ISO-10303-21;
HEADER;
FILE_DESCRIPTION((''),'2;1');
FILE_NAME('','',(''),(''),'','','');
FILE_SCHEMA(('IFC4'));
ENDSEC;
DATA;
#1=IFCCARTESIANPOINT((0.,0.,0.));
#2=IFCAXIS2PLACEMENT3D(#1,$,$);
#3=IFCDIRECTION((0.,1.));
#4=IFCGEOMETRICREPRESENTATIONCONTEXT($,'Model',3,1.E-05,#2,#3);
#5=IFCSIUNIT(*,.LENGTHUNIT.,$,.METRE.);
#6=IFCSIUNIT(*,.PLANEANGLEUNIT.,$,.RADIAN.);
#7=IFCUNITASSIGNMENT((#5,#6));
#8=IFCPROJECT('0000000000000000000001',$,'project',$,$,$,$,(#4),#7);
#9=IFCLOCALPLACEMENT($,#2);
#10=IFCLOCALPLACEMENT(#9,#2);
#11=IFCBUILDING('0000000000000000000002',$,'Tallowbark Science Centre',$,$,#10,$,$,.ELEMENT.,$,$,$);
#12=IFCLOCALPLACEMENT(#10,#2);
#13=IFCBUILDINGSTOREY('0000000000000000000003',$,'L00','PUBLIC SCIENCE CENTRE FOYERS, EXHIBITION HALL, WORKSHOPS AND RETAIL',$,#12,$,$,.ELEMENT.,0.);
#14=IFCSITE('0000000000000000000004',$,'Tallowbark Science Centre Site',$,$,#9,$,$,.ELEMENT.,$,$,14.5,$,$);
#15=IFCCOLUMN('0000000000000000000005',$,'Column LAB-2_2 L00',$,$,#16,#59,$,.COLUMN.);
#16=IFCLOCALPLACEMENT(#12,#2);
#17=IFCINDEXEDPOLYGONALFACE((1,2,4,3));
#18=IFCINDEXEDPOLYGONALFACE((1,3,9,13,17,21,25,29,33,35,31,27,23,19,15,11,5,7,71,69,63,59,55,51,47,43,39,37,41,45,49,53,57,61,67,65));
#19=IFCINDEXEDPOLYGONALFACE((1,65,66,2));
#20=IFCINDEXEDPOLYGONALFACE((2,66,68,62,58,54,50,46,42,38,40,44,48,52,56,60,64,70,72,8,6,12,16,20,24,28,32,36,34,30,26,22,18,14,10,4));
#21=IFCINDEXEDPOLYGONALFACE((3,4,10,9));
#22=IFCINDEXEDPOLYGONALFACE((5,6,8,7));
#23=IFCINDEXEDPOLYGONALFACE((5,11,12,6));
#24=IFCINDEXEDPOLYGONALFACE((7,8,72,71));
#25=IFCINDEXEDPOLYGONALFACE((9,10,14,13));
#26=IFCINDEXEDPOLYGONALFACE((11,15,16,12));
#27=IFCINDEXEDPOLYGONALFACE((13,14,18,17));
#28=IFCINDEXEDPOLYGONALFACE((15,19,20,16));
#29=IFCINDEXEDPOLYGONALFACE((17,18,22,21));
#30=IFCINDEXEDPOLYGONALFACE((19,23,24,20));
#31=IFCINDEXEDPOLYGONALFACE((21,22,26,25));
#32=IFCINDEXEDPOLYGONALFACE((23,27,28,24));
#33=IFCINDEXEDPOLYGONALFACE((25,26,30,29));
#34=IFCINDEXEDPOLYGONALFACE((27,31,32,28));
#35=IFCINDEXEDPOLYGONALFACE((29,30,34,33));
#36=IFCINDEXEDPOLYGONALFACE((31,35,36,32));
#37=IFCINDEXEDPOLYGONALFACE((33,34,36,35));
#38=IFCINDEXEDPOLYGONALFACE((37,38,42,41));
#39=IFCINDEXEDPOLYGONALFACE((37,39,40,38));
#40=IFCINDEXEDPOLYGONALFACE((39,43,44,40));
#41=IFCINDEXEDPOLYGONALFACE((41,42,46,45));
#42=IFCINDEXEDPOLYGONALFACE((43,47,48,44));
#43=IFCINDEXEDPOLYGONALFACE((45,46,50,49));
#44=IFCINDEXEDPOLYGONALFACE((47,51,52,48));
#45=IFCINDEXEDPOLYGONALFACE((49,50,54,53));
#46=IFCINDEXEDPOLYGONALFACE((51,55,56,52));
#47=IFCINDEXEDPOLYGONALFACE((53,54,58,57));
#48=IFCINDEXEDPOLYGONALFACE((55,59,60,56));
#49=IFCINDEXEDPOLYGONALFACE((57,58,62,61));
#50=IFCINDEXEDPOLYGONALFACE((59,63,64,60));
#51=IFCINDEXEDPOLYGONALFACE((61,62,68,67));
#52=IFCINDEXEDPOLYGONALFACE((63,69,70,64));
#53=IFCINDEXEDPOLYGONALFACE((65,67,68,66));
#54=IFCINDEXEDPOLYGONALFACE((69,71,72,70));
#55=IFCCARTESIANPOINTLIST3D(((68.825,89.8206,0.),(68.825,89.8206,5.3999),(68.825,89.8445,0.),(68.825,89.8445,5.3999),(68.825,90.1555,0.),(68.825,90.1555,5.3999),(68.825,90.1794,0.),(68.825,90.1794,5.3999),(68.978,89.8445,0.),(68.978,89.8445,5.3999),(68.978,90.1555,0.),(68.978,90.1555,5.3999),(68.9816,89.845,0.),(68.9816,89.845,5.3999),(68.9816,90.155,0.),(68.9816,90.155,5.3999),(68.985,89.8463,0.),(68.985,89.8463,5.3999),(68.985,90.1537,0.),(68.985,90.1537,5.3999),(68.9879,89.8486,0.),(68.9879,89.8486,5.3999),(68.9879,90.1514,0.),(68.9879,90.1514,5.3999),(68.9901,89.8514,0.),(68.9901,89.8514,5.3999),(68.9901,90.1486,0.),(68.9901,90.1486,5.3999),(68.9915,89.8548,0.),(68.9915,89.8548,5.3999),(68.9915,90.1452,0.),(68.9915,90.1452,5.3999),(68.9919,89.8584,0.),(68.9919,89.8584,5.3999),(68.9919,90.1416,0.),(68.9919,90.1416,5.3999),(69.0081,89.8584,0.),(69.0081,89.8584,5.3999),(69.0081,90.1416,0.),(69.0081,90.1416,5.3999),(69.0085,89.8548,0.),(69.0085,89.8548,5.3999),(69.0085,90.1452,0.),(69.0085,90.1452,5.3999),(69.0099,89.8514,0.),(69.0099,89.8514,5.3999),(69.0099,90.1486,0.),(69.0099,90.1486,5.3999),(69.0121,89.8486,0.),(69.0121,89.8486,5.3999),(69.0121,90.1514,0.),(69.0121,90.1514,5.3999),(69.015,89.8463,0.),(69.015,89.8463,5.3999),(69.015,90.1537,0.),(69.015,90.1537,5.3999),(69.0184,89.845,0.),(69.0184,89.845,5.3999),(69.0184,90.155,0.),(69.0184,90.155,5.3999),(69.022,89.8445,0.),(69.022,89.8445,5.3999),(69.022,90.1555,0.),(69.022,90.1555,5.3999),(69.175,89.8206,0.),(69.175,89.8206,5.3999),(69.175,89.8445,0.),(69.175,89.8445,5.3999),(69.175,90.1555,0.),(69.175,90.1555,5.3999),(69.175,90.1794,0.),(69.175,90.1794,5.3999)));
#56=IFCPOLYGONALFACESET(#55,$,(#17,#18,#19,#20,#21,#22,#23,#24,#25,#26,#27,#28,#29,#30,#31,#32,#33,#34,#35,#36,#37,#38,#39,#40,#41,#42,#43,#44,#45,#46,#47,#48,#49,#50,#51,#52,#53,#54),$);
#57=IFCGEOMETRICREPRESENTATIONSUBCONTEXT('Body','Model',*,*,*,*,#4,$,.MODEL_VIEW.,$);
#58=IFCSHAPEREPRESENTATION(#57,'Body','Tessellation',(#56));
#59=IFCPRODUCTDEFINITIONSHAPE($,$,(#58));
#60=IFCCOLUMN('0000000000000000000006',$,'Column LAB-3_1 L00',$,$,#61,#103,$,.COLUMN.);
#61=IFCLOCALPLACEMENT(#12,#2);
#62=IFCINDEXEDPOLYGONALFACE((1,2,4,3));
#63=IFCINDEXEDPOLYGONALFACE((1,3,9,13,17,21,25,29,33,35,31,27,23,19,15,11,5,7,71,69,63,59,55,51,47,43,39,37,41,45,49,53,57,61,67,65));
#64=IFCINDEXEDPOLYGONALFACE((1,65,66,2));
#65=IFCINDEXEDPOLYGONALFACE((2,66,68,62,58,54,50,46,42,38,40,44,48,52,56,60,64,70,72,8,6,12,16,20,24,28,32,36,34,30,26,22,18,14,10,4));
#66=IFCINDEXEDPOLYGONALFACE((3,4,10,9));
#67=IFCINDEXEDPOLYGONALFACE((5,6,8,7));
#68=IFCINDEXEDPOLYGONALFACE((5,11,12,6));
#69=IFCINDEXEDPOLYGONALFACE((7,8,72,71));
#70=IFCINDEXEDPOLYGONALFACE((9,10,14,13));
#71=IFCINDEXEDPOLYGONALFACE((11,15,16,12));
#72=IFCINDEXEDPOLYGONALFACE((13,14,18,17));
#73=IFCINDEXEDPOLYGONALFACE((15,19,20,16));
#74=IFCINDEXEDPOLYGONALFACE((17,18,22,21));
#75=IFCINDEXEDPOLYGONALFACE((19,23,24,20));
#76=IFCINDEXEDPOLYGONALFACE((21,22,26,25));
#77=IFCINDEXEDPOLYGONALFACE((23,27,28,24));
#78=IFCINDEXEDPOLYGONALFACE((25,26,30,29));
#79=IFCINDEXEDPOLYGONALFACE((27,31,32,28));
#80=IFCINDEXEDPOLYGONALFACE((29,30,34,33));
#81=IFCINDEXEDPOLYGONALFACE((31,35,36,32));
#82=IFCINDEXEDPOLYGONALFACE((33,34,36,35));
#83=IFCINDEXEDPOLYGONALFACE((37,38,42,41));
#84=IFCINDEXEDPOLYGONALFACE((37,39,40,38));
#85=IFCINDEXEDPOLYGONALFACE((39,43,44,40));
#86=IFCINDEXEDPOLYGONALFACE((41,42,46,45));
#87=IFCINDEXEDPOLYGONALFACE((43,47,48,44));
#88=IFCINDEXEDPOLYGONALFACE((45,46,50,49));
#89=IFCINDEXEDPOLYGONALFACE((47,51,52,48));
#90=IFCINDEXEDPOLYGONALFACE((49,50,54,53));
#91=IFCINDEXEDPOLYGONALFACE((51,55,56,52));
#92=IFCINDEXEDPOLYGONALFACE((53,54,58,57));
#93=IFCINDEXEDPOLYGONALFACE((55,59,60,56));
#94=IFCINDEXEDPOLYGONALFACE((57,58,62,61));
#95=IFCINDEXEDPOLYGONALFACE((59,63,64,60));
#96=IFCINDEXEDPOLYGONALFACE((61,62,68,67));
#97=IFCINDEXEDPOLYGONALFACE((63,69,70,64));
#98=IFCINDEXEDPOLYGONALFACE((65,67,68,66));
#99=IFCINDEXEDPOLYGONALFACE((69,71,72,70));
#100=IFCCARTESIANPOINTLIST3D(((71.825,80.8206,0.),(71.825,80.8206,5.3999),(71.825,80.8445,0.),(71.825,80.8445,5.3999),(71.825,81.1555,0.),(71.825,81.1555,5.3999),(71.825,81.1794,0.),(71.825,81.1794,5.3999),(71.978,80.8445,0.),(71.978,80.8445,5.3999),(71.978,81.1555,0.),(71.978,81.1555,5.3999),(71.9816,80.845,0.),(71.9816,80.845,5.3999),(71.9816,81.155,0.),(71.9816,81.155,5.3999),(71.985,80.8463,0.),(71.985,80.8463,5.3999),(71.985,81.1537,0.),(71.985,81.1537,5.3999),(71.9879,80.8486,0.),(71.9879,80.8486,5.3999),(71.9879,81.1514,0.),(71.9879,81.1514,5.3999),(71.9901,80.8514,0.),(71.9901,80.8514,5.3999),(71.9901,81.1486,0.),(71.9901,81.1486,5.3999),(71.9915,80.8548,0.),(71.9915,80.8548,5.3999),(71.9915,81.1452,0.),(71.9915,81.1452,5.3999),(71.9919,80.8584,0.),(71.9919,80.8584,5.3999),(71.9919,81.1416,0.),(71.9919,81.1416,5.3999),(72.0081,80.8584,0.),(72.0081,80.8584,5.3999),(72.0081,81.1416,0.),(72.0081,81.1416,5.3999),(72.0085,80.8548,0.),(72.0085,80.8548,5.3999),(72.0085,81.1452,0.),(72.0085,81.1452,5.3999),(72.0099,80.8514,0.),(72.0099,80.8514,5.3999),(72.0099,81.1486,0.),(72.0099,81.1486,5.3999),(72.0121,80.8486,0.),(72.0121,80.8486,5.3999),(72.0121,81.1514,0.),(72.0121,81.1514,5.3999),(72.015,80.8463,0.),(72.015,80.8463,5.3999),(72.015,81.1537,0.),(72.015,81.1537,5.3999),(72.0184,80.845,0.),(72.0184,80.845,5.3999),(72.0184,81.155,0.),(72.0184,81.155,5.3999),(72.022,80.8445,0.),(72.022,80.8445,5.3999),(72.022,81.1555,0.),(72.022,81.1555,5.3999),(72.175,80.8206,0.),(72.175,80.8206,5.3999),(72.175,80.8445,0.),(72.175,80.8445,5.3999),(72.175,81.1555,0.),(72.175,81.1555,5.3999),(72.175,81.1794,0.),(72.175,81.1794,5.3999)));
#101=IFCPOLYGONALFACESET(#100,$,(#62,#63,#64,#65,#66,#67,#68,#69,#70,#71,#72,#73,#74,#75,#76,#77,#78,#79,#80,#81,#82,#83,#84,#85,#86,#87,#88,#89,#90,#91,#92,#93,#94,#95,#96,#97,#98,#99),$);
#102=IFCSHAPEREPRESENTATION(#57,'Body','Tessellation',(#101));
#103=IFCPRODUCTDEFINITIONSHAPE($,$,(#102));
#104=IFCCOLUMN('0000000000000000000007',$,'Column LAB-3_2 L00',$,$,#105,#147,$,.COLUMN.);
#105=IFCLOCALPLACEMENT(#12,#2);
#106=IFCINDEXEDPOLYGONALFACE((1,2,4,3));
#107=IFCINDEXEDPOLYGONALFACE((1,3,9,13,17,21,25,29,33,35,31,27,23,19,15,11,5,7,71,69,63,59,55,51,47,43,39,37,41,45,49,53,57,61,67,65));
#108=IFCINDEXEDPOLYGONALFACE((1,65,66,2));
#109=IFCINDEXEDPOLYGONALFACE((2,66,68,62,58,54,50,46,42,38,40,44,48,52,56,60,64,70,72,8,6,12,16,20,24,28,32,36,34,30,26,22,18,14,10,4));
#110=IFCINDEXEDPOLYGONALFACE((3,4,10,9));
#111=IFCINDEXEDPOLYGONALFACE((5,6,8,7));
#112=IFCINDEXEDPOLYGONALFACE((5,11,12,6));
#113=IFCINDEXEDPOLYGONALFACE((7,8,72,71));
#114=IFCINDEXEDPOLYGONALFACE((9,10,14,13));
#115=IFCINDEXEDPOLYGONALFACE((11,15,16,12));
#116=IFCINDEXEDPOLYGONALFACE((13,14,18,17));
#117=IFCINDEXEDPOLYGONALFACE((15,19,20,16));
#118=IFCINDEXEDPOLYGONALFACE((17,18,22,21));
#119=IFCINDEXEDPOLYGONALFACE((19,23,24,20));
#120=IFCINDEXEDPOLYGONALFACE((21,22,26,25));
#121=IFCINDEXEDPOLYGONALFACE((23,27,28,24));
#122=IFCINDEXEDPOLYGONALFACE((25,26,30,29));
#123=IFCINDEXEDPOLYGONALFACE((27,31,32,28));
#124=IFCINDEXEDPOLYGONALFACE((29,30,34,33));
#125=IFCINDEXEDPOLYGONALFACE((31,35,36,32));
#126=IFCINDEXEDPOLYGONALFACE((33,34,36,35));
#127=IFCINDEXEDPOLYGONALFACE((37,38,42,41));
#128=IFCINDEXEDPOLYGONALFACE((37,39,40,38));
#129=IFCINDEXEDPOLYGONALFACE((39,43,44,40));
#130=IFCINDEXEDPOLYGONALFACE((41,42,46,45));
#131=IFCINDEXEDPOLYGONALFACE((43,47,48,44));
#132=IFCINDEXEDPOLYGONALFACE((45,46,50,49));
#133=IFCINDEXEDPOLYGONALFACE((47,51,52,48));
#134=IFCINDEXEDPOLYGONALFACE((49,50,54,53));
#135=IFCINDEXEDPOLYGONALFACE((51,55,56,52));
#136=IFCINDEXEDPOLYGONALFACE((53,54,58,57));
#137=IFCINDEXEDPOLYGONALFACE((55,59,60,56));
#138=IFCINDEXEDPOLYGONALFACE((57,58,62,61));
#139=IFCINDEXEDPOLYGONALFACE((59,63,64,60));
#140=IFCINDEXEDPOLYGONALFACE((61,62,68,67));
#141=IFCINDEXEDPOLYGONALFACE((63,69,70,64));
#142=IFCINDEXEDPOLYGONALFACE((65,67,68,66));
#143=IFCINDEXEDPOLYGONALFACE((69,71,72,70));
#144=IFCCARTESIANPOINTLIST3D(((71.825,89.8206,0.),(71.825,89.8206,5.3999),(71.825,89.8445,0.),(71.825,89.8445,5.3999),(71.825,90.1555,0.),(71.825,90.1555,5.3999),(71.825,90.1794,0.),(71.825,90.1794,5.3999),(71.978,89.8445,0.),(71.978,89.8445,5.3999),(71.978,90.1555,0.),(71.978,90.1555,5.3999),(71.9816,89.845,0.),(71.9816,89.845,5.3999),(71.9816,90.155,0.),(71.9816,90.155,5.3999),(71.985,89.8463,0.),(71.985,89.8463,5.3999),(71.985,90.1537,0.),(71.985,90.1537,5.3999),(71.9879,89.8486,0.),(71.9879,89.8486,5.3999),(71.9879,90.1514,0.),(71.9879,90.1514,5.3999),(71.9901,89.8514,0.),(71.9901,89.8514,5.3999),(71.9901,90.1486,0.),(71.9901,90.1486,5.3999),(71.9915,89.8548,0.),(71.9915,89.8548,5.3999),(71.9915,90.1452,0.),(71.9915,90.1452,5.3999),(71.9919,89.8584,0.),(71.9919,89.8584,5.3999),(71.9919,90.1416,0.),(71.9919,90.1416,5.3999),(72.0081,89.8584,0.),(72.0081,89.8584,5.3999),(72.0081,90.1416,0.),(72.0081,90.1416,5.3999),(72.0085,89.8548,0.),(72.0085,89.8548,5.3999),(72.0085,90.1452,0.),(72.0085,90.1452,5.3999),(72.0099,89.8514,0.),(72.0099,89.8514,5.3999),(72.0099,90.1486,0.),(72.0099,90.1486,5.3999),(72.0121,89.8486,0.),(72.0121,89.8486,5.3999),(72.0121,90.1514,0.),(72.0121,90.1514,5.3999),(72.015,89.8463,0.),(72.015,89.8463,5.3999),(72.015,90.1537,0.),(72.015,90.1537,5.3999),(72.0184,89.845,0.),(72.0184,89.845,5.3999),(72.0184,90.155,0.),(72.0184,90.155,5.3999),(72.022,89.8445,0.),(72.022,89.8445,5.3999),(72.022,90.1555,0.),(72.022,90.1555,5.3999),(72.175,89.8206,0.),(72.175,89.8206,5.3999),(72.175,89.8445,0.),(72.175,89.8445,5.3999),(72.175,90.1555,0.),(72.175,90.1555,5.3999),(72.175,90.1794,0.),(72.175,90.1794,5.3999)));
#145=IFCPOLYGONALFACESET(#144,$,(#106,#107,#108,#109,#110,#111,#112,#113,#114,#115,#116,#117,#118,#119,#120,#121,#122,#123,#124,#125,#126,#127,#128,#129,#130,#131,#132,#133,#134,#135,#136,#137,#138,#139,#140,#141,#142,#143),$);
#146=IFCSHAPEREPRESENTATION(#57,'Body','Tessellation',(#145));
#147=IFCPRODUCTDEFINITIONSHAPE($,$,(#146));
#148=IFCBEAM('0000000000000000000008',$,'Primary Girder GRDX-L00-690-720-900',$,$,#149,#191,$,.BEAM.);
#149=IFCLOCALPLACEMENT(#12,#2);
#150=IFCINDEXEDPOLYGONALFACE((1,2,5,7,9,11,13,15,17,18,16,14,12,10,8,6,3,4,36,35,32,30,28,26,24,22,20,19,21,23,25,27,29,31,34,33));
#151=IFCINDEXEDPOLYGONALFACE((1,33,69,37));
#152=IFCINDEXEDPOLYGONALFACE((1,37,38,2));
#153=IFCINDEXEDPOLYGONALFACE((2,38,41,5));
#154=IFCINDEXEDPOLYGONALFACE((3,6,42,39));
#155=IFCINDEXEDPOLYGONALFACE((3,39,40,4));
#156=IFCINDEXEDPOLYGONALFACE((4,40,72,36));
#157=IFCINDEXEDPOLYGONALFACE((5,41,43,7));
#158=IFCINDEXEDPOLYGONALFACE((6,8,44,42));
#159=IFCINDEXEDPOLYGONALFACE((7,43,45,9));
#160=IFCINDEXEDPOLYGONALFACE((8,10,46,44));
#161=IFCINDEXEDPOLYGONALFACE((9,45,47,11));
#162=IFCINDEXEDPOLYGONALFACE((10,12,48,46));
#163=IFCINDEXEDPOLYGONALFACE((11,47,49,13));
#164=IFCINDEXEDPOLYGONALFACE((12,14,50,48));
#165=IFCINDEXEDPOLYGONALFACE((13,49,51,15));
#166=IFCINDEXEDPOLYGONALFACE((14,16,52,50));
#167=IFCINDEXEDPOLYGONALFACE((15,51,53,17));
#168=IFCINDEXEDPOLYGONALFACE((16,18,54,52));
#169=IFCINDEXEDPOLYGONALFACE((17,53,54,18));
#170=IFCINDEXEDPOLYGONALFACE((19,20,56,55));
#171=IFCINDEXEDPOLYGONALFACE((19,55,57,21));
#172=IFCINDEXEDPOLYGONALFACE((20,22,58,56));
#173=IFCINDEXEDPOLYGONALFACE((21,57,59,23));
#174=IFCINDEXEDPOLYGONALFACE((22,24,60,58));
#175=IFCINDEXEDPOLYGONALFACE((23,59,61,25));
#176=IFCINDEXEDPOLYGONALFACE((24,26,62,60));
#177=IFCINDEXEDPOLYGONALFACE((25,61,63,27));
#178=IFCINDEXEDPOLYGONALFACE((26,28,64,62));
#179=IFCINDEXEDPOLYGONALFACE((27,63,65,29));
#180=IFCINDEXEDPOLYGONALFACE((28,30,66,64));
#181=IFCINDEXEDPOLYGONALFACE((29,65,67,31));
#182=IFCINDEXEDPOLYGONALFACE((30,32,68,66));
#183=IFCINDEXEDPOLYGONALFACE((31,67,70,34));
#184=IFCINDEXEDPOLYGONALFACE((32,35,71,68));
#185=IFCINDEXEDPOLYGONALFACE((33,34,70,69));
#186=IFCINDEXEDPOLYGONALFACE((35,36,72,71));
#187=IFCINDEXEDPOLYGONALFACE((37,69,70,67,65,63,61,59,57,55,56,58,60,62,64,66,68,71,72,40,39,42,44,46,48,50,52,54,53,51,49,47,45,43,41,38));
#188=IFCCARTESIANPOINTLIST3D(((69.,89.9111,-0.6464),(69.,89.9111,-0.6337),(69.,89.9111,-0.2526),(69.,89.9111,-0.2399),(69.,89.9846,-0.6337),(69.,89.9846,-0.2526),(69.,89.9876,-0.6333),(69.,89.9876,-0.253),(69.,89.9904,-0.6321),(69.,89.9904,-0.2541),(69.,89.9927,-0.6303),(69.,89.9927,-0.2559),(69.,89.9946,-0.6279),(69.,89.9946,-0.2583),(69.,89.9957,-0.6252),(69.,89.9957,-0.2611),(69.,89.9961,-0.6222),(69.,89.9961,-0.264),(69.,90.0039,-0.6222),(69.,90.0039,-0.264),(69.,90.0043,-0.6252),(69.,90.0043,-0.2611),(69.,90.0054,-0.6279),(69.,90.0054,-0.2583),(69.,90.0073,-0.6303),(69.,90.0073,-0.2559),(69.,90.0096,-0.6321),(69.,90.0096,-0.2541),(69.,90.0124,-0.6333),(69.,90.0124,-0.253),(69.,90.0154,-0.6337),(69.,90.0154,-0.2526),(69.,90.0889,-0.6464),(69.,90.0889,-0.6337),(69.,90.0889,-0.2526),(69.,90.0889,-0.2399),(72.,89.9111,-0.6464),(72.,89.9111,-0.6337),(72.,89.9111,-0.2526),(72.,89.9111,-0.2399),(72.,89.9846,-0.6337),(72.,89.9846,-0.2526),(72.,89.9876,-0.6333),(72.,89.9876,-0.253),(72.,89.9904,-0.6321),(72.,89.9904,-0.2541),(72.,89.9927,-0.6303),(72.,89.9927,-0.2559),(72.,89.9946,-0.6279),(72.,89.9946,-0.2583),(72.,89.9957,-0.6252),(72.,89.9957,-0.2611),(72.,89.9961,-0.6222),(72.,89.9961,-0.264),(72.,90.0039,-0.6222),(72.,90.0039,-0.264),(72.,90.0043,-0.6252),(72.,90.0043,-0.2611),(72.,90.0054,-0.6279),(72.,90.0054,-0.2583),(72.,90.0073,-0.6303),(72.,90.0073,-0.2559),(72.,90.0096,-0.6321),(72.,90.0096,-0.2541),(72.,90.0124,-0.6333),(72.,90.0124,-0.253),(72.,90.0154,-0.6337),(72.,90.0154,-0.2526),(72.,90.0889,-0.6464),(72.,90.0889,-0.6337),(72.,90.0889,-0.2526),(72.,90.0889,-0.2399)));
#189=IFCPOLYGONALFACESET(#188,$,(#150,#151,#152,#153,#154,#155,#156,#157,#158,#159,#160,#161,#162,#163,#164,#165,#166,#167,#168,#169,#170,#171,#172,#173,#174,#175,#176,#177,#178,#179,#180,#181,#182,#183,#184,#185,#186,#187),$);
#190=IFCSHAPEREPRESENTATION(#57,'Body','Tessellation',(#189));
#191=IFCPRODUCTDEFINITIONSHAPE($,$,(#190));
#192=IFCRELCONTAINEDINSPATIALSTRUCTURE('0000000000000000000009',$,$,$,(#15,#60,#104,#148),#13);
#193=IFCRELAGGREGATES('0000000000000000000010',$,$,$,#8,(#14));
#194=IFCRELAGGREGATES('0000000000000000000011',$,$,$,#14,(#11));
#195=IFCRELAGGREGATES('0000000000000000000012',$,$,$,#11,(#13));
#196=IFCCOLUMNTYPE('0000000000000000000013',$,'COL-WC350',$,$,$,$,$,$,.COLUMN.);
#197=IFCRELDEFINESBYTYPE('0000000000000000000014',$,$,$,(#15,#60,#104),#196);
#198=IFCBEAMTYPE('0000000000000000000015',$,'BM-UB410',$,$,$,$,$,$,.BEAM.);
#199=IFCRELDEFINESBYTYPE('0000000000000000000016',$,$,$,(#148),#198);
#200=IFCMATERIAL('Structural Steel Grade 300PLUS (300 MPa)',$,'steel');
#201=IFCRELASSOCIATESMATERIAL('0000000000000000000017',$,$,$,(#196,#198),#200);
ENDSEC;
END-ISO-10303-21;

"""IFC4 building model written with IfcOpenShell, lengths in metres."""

from ifc_helpers import new_model, si_unit, direction, frame, origin, origin_2d, place, context, subcontext, project, spatial, i_section, extrude, material, material_profile, profile_set, type_object, element, save


model = new_model("IFC4")

# Units and contexts
model_context = context("Model", 3, precision=1e-05, world=origin(), true_north=direction((0.0, 1.0)))
body_context = subcontext(model_context, "Body", "Model", "MODEL_VIEW")
ifc_project = project(units=[si_unit("LENGTHUNIT", "METRE"), si_unit("PLANEANGLEUNIT", "RADIAN")], contexts=[model_context])

# Site, building, storey
site_placement = place(None, origin())
site = spatial("IfcSite", under=ifc_project, at=site_placement, Name="Tallowbark Science Centre Site", CompositionType="ELEMENT", RefElevation=14.5)
building_placement = place(site_placement, origin())
building = spatial("IfcBuilding", under=site, at=building_placement, Name="Tallowbark Science Centre", CompositionType="ELEMENT")
storey_placement = place(building_placement, origin())
storey = spatial("IfcBuildingStorey", under=building, at=storey_placement, Name="L00", Description="PUBLIC SCIENCE CENTRE FOYERS, EXHIBITION HALL, WORKSHOPS AND RETAIL", CompositionType="ELEMENT", Elevation=0.0)

# Columns
ifc_material_1 = material(Name="Structural Steel Grade 300PLUS (300 MPa)", Category="steel")
ifc_material_profile_1 = material_profile(ifc_material_1, i_section(OverallWidth=0.3501, OverallDepth=0.3589, WebThickness=0.0161, FlangeThickness=0.0239, FilletRadius=0.0139, at=origin_2d()), Name="350WC197")
ifc_profile_set_1 = profile_set([ifc_material_profile_1], Name="Structural Steel Grade 300PLUS (300 MPa)")
column_type = type_object("IfcColumnType", Name="COL-WC350", PredefinedType="COLUMN", material=ifc_profile_set_1)
for number, where, z_axis, x_axis, name in (
    (1, (69.0, 90.0, 0.0), (0.0, 0.0, 1.0), (1.0, 0.0, 0.0), "Column LAB-2_2 L00"),
    (2, (72.0, 81.0, 0.0), (0.0, 0.0, 1.0), (1.0, 0.0, 0.0), "Column LAB-3_1 L00"),
    (3, (72.0, 90.0, 0.0), (0.0, 0.0, 1.0), (1.0, 0.0, 0.0), "Column LAB-3_2 L00"),
):
    element("IfcColumn", number, at=place(storey_placement, frame(where, z_axis=z_axis, x_axis=x_axis)), inside=storey, type_object=column_type, Name=name, PredefinedType="COLUMN", context=body_context, shape_type="SweptSolid", body=[
        extrude(i_section(OverallWidth=0.3501, OverallDepth=0.3589, WebThickness=0.0161, FlangeThickness=0.0239, FilletRadius=0.0139, at=origin_2d()), origin(), (0.0, 0.0, 1.0), 5.3999),
    ])

# Beam
ifc_material_profile_2 = material_profile(ifc_material_1, i_section(OverallWidth=0.1777, OverallDepth=0.4065, WebThickness=0.0078, FlangeThickness=0.0127, FilletRadius=0.0115, at=origin_2d()), Name="410UB59.7")
ifc_profile_set_2 = profile_set([ifc_material_profile_2], Name="Structural Steel Grade 300PLUS (300 MPa)")
beam_type_1 = type_object("IfcBeamType", Name="BM-UB410", PredefinedType="BEAM", material=ifc_profile_set_2)
beam_1_placement = place(storey_placement, frame((69.0, 90.0, -0.4431), z_axis=(1.0, 0.0, 0.0), x_axis=(0.0, 1.0, 0.0)))
element("IfcBeam", 4, at=beam_1_placement, inside=storey, type_object=beam_type_1, Name="Primary Girder GRDX-L00-690-720-900", PredefinedType="BEAM", context=body_context, shape_type="SweptSolid", body=[
    extrude(i_section(OverallWidth=0.1777, OverallDepth=0.4065, WebThickness=0.0078, FlangeThickness=0.0127, FilletRadius=0.0115, at=origin_2d()), origin(), (0.0, 0.0, 1.0), 3.0),
])

save(model, "model.ifc")
